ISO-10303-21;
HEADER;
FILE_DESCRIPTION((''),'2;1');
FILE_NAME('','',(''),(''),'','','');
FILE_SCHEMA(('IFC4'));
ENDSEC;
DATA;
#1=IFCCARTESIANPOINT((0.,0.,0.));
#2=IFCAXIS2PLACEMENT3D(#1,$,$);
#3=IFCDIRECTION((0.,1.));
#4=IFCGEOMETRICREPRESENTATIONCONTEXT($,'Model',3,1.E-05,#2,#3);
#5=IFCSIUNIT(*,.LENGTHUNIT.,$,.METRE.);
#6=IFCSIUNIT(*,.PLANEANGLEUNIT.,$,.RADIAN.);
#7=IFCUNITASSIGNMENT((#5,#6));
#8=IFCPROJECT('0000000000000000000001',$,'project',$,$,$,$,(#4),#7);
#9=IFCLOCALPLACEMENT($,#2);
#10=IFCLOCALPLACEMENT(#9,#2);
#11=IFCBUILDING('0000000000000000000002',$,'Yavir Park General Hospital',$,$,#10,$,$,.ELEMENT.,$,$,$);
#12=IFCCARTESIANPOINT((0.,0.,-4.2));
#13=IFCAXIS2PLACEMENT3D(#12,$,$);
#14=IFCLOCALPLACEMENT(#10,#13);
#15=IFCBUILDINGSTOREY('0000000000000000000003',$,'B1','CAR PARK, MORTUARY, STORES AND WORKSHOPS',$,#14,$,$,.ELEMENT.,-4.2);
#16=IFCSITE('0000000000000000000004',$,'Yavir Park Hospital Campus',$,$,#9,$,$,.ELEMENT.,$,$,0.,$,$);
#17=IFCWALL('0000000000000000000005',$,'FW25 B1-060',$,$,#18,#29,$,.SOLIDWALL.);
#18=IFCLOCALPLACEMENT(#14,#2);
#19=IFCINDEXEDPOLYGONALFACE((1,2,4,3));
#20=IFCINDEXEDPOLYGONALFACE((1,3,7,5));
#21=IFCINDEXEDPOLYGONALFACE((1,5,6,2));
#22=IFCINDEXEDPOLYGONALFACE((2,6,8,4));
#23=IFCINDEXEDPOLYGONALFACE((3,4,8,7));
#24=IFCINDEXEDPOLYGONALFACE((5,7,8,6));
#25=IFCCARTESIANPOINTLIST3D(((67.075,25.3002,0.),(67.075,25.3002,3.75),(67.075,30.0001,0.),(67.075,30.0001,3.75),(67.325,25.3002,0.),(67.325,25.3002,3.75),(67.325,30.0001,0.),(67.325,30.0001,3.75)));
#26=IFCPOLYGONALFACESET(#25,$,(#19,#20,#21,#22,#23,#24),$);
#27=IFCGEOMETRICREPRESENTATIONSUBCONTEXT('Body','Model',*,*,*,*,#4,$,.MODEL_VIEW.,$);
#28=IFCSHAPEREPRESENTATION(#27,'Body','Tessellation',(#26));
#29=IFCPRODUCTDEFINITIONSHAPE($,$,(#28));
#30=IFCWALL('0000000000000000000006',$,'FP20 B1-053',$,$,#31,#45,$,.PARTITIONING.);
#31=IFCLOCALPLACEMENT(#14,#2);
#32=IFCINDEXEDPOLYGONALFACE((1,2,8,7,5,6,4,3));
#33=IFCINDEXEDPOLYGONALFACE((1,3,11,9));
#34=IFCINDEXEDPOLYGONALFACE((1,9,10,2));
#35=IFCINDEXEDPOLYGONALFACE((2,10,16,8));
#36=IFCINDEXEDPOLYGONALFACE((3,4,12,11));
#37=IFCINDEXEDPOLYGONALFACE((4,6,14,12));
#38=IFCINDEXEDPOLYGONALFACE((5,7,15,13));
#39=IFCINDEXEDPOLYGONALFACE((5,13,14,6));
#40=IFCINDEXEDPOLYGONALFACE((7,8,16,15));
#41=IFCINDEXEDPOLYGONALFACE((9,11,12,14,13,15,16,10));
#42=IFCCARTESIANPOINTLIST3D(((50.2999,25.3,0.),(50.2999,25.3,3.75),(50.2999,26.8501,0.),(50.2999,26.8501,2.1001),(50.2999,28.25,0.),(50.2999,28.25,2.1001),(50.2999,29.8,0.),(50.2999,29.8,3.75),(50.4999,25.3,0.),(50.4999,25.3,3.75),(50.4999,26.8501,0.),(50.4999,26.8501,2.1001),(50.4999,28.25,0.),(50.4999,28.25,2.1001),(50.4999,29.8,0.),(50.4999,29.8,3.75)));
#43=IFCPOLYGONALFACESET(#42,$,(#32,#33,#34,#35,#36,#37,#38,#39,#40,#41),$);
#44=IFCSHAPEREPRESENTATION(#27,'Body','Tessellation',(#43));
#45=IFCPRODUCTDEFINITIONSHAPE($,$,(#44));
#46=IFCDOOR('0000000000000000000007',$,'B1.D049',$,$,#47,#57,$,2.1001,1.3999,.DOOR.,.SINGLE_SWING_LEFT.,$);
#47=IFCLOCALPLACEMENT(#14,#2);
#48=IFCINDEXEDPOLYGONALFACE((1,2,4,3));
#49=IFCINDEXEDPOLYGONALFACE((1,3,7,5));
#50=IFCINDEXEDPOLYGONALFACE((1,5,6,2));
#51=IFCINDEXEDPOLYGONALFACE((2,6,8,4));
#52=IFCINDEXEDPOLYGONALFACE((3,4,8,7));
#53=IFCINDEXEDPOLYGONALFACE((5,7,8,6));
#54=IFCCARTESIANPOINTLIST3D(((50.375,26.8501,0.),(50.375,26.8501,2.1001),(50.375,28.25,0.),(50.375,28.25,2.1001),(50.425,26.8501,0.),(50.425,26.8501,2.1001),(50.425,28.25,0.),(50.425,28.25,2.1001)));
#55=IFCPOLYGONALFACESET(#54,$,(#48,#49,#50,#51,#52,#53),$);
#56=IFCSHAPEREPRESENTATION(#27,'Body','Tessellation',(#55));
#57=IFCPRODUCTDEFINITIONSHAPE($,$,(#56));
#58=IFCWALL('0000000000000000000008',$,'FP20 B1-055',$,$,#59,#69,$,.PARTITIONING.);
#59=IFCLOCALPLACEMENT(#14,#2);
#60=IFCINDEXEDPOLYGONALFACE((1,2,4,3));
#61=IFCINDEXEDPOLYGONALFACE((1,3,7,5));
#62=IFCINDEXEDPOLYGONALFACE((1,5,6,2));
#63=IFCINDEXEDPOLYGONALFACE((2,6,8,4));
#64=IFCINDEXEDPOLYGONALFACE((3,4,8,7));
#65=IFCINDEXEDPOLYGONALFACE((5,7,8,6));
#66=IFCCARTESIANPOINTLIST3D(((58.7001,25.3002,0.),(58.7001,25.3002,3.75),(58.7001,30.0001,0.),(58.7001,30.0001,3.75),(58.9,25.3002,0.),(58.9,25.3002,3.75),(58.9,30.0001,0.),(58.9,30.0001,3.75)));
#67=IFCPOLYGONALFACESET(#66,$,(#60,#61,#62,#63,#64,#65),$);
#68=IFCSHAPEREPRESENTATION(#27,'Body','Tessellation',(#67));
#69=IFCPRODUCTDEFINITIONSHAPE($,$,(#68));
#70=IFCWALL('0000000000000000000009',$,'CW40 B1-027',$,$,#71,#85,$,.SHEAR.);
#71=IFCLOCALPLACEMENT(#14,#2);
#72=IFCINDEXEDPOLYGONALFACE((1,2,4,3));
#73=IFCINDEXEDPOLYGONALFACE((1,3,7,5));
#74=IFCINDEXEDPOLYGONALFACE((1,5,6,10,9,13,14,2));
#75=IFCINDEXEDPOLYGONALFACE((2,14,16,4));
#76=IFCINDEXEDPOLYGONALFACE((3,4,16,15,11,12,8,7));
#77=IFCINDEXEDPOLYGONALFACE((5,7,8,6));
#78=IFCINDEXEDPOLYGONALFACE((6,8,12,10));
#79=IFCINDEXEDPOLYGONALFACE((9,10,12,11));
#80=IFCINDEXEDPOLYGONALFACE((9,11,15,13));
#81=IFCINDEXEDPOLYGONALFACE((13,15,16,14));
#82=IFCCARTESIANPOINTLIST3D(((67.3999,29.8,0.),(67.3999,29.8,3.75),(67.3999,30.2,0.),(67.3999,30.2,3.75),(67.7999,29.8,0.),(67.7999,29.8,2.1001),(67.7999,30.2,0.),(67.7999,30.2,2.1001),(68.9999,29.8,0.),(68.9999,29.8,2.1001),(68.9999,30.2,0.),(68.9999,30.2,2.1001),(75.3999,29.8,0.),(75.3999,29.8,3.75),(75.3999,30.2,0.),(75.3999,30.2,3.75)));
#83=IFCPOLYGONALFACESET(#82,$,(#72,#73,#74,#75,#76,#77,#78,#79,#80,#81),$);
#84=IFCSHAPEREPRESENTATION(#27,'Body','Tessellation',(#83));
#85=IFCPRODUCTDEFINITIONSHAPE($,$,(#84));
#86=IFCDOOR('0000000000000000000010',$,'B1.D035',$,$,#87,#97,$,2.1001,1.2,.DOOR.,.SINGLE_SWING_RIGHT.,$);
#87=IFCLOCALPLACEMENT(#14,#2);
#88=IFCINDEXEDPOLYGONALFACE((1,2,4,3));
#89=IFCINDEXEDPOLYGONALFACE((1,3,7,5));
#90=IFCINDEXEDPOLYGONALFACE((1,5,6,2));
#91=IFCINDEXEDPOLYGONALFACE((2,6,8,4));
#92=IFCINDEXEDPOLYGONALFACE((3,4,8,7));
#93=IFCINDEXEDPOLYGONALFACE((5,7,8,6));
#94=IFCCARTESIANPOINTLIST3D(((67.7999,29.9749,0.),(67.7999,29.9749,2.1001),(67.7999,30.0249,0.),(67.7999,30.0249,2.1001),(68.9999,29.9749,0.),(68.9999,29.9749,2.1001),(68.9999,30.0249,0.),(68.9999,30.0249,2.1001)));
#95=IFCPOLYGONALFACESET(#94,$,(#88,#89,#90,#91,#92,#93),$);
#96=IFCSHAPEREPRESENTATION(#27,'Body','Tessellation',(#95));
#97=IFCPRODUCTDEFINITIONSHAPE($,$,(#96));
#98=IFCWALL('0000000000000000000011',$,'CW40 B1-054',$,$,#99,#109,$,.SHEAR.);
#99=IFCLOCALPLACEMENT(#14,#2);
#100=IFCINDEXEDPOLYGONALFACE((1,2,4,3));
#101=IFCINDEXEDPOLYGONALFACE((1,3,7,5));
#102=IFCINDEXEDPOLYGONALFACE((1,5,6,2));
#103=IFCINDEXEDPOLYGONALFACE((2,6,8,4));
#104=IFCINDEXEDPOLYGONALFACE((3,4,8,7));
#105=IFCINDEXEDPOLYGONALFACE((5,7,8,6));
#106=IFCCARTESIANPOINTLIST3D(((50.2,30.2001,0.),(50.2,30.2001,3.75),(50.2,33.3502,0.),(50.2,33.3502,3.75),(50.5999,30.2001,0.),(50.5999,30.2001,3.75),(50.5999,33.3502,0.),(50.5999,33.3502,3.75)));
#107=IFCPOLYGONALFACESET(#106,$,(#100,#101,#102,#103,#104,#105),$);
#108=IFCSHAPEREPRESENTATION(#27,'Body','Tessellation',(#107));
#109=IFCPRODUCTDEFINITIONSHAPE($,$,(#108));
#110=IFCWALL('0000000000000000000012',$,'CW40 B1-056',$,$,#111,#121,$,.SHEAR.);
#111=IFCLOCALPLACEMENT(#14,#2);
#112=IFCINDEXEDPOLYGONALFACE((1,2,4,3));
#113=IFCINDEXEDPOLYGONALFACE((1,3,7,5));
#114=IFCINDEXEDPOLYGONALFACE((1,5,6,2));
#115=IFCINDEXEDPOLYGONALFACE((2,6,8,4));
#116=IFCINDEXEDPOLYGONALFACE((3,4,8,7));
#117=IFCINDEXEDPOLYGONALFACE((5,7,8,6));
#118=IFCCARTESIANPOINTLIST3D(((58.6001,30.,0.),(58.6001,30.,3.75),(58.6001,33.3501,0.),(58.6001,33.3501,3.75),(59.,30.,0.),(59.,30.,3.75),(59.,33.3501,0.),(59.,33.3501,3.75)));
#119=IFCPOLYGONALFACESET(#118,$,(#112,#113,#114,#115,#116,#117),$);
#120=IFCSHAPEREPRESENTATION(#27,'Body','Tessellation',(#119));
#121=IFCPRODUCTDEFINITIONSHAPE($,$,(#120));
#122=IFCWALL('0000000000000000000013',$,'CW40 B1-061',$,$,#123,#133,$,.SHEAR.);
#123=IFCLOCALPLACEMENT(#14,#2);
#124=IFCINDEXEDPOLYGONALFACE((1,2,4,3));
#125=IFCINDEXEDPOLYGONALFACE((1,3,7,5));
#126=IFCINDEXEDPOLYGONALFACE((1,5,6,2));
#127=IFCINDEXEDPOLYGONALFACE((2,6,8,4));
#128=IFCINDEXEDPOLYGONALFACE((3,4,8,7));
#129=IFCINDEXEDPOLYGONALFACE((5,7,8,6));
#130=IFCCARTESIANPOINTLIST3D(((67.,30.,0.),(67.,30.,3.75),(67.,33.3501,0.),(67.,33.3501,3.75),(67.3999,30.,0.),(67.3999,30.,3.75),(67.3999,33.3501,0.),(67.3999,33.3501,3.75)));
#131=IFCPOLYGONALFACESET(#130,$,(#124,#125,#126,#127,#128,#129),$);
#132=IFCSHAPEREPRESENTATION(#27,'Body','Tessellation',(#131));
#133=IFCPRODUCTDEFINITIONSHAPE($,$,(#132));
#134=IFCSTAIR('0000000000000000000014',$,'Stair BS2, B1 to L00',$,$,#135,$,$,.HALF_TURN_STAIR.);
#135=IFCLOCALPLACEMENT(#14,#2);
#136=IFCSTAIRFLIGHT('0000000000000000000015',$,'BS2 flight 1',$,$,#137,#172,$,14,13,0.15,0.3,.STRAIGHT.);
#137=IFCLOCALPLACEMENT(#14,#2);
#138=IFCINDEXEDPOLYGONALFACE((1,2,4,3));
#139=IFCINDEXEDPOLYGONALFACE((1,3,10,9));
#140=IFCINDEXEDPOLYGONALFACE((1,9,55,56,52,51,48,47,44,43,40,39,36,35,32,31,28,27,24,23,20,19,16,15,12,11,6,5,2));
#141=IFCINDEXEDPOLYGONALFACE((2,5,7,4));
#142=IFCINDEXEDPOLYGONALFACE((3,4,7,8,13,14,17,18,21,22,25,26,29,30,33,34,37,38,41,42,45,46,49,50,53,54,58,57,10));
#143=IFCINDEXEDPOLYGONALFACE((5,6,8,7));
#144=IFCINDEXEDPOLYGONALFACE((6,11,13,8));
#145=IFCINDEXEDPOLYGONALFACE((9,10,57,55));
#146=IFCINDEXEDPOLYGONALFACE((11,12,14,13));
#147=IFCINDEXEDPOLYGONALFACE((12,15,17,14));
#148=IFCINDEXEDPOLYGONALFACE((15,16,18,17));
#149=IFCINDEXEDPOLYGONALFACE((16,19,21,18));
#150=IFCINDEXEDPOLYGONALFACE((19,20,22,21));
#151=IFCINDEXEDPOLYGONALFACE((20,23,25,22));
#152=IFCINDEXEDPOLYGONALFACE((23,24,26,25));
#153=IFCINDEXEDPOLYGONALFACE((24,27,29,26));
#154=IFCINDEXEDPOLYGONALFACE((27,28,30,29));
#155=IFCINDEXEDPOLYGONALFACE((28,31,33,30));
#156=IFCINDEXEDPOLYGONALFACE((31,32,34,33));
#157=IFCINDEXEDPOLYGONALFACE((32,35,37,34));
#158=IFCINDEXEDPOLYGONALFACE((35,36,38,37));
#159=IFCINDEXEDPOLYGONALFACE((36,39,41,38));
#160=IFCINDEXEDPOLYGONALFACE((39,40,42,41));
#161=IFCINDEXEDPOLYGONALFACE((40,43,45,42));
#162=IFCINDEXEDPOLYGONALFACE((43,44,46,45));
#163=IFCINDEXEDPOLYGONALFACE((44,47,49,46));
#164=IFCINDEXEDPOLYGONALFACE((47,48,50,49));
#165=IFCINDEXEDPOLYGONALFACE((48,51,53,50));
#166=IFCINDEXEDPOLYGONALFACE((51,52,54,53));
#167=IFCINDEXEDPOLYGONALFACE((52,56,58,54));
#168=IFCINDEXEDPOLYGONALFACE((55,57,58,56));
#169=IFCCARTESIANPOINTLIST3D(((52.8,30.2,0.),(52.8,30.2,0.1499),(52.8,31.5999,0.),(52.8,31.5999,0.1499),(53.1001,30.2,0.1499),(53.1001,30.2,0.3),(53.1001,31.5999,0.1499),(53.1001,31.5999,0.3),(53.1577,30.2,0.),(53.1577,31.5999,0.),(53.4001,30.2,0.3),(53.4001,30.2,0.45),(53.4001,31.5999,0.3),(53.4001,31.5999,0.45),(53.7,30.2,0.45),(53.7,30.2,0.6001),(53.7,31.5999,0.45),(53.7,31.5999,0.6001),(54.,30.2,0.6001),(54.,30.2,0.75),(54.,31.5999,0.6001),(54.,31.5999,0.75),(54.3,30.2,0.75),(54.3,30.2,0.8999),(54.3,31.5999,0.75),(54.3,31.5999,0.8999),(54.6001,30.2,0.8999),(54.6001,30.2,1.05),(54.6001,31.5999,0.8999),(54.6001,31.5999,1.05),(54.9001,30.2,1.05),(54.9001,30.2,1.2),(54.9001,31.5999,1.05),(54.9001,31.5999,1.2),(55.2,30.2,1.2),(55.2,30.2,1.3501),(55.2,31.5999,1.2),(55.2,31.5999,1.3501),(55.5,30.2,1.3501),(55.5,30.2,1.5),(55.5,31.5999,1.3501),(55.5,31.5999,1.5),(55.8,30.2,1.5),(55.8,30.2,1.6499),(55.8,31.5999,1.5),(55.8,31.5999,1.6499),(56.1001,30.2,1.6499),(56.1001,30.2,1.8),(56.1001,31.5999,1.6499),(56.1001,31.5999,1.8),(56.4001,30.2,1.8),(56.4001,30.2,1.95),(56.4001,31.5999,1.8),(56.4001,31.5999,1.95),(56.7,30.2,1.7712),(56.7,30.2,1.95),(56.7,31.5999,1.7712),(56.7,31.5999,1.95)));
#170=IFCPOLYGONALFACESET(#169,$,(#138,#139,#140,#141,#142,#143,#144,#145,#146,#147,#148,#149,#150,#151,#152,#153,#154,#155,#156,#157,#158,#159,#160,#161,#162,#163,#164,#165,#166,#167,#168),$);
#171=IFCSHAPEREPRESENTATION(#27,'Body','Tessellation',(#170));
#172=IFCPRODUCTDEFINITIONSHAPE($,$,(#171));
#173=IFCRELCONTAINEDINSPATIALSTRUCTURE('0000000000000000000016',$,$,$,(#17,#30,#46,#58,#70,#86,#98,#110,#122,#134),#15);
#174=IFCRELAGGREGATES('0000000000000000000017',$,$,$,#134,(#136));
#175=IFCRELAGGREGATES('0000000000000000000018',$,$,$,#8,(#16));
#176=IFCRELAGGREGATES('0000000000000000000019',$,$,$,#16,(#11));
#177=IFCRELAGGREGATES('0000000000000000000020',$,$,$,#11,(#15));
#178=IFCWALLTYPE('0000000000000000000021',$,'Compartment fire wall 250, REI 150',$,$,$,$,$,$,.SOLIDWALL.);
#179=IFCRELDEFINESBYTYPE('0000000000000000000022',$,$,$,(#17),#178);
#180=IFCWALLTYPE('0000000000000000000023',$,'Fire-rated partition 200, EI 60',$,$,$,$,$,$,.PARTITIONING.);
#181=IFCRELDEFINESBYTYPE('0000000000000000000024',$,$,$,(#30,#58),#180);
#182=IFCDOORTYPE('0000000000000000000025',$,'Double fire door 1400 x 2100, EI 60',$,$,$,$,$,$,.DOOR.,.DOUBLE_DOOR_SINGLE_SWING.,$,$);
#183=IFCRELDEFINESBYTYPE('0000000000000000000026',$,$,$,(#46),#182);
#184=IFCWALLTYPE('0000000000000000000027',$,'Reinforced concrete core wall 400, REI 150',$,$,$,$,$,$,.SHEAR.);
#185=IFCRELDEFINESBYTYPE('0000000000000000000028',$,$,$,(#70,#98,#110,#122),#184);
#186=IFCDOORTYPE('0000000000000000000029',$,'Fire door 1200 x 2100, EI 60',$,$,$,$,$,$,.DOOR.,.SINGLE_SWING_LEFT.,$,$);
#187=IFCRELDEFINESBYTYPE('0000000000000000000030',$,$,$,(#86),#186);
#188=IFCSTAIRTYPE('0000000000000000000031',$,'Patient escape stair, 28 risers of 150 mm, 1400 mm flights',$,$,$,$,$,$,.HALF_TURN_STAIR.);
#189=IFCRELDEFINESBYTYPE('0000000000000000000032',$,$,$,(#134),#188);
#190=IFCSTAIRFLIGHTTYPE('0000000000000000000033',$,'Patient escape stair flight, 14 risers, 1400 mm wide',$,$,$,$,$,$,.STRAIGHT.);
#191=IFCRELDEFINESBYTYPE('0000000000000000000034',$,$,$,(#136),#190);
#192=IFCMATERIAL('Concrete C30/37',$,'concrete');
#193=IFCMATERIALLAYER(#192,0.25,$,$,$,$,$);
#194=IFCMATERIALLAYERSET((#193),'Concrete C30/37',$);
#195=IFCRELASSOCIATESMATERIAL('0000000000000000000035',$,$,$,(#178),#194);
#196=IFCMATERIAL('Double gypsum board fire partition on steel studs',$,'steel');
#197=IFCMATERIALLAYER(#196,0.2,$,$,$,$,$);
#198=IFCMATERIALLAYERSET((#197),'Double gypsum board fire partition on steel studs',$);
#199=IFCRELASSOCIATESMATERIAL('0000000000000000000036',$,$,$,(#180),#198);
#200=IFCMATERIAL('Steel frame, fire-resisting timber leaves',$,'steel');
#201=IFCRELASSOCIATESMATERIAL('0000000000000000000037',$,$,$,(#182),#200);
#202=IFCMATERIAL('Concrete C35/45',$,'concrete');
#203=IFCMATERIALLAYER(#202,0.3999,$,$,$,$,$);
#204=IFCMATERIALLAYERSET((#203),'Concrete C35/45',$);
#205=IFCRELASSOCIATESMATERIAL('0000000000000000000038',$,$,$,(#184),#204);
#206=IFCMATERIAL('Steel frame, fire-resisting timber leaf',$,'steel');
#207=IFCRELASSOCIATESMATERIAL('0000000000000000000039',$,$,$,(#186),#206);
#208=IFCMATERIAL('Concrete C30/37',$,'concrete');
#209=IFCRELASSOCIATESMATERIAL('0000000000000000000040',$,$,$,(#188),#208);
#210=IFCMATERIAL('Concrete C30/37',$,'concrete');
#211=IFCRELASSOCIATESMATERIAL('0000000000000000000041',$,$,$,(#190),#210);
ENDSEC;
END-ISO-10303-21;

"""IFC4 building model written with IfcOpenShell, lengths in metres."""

from ifc_helpers import new_model, si_unit, direction, frame, frame_2d, origin, place, context, subcontext, project, spatial, polyline, rectangle, outline, extrude, material, layer, layer_set, type_object, element, fill, aggregate, save


model = new_model("IFC4")

# Units and contexts
model_context = context("Model", 3, precision=1e-05, world=origin(), true_north=direction((0.0, 1.0)))
body_context = subcontext(model_context, "Body", "Model", "MODEL_VIEW")
ifc_project = project(units=[si_unit("LENGTHUNIT", "METRE"), si_unit("PLANEANGLEUNIT", "RADIAN")], contexts=[model_context])

# Site, building, storey
site_placement = place(None, origin())
site = spatial("IfcSite", under=ifc_project, at=site_placement, Name="Yavir Park Hospital Campus", CompositionType="ELEMENT", RefElevation=0.0)
building_placement = place(site_placement, origin())
building = spatial("IfcBuilding", under=site, at=building_placement, Name="Yavir Park General Hospital", CompositionType="ELEMENT")
storey_placement = place(building_placement, frame((0.0, 0.0, -4.2)))
storey = spatial("IfcBuildingStorey", under=building, at=storey_placement, Name="B1", Description="CAR PARK, MORTUARY, STORES AND WORKSHOPS", CompositionType="ELEMENT", Elevation=-4.2)

# Wall
ifc_material_1 = material(Name="Concrete C30/37", Category="concrete")
ifc_layer_1 = layer(ifc_material_1, 0.25)
ifc_layer_set_1 = layer_set([ifc_layer_1], Name="Concrete C30/37")
wall_type_1 = type_object("IfcWallType", Name="Compartment fire wall 250, REI 150", PredefinedType="SOLIDWALL", material=ifc_layer_set_1)
wall_1_placement = place(storey_placement, frame((67.2, 25.3, 0.0), z_axis=(0.0, 0.0, 1.0), x_axis=(0.0, 1.0, 0.0)))
element("IfcWall", 1, at=wall_1_placement, inside=storey, type_object=wall_type_1, Name="FW25 B1-060", PredefinedType="SOLIDWALL", context=body_context, shape_type="SweptSolid", body=[
    extrude(rectangle(XDim=4.7, YDim=0.25, at=frame_2d((2.3501, 0.0))), origin(), (0.0, 0.0, 1.0), 3.75),
])

# Wall, opening, door
ifc_material_2 = material(Name="Double gypsum board fire partition on steel studs", Category="steel")
ifc_layer_2 = layer(ifc_material_2, 0.2)
ifc_layer_set_2 = layer_set([ifc_layer_2], Name="Double gypsum board fire partition on steel studs")
wall_type_2 = type_object("IfcWallType", Name="Fire-rated partition 200, EI 60", PredefinedType="PARTITIONING", material=ifc_layer_set_2)
wall_2_placement = place(storey_placement, frame((50.3999, 25.3, 0.0), z_axis=(0.0, 0.0, 1.0), x_axis=(0.0, 1.0, 0.0)))
wall_2 = element("IfcWall", 2, at=wall_2_placement, inside=storey, type_object=wall_type_2, Name="FP20 B1-053", PredefinedType="PARTITIONING", context=body_context, shape_type="SweptSolid", body=[
    extrude(rectangle(XDim=4.5, YDim=0.2, at=frame_2d((2.25, 0.0))), origin(), (0.0, 0.0, 1.0), 3.75),
])
opening_1_placement = place(wall_2_placement, frame((1.55, 0.0, 0.0)))
opening_1 = element("IfcOpeningElement", 3, at=opening_1_placement, cuts=wall_2, PredefinedType="OPENING", context=body_context, shape_type="SweptSolid", body=[
    extrude(rectangle(XDim=1.3999, YDim=2.1001, at=frame_2d((0.7, 1.05))), frame((0.0, 0.1099, 0.0), z_axis=(0.0, -1.0, 0.0), x_axis=(1.0, 0.0, 0.0)), (0.0, 0.0, 1.0), 0.22),
])
ifc_material_3 = material(Name="Steel frame, fire-resisting timber leaves", Category="steel")
door_type_1 = type_object("IfcDoorType", Name="Double fire door 1400 x 2100, EI 60", OperationType="DOUBLE_DOOR_SINGLE_SWING", PredefinedType="DOOR", material=ifc_material_3)
door_1_placement = place(opening_1_placement, origin())
door_1 = element("IfcDoor", 4, at=door_1_placement, inside=storey, type_object=door_type_1, Name="B1.D049", OperationType="SINGLE_SWING_LEFT", OverallHeight=2.1001, OverallWidth=1.3999, PredefinedType="DOOR", context=body_context, shape_type="SweptSolid", body=[
    extrude(rectangle(XDim=1.3999, YDim=2.1001, at=frame_2d((0.7, 1.05))), frame((0.0, 0.0249, 0.0), z_axis=(0.0, -1.0, 0.0), x_axis=(1.0, 0.0, 0.0)), (0.0, 0.0, 1.0), 0.05),
])
fill(opening_1, door_1)

# Wall
wall_3_placement = place(storey_placement, frame((58.8, 25.3, 0.0), z_axis=(0.0, 0.0, 1.0), x_axis=(0.0, 1.0, 0.0)))
element("IfcWall", 5, at=wall_3_placement, inside=storey, type_object=wall_type_2, Name="FP20 B1-055", PredefinedType="PARTITIONING", context=body_context, shape_type="SweptSolid", body=[
    extrude(rectangle(XDim=4.7, YDim=0.2, at=frame_2d((2.3501, 0.0))), origin(), (0.0, 0.0, 1.0), 3.75),
])

# Wall, opening, door
ifc_material_4 = material(Name="Concrete C35/45", Category="concrete")
ifc_layer_3 = layer(ifc_material_4, 0.3999)
ifc_layer_set_3 = layer_set([ifc_layer_3], Name="Concrete C35/45")
wall_type_3 = type_object("IfcWallType", Name="Reinforced concrete core wall 400, REI 150", PredefinedType="SHEAR", material=ifc_layer_set_3)
wall_4_placement = place(storey_placement, frame((67.3999, 30.0, 0.0), z_axis=(0.0, 0.0, 1.0), x_axis=(1.0, 0.0, 0.0)))
wall_4 = element("IfcWall", 6, at=wall_4_placement, inside=storey, type_object=wall_type_3, Name="CW40 B1-027", PredefinedType="SHEAR", context=body_context, shape_type="SweptSolid", body=[
    extrude(rectangle(XDim=8.0, YDim=0.3999, at=frame_2d((4.0, 0.0))), origin(), (0.0, 0.0, 1.0), 3.75),
])
opening_2_placement = place(wall_4_placement, frame((0.3999, 0.0, 0.0)))
opening_2 = element("IfcOpeningElement", 7, at=opening_2_placement, cuts=wall_4, PredefinedType="OPENING", context=body_context, shape_type="SweptSolid", body=[
    extrude(rectangle(XDim=1.2, YDim=2.1001, at=frame_2d((0.6001, 1.05))), frame((0.0, 0.21, 0.0), z_axis=(0.0, -1.0, 0.0), x_axis=(1.0, 0.0, 0.0)), (0.0, 0.0, 1.0), 0.4199),
])
ifc_material_5 = material(Name="Steel frame, fire-resisting timber leaf", Category="steel")
door_type_2 = type_object("IfcDoorType", Name="Fire door 1200 x 2100, EI 60", OperationType="SINGLE_SWING_LEFT", PredefinedType="DOOR", material=ifc_material_5)
door_2_placement = place(opening_2_placement, origin())
door_2 = element("IfcDoor", 8, at=door_2_placement, inside=storey, type_object=door_type_2, Name="B1.D035", OperationType="SINGLE_SWING_RIGHT", OverallHeight=2.1001, OverallWidth=1.2, PredefinedType="DOOR", context=body_context, shape_type="SweptSolid", body=[
    extrude(rectangle(XDim=1.2, YDim=2.1001, at=frame_2d((0.6001, 1.05))), frame((0.0, 0.0249, 0.0), z_axis=(0.0, -1.0, 0.0), x_axis=(1.0, 0.0, 0.0)), (0.0, 0.0, 1.0), 0.05),
])
fill(opening_2, door_2)

# Walls
wall_5_placement = place(storey_placement, frame((50.3999, 30.2, 0.0), z_axis=(0.0, 0.0, 1.0), x_axis=(0.0, 1.0, 0.0)))
element("IfcWall", 9, at=wall_5_placement, inside=storey, type_object=wall_type_3, Name="CW40 B1-054", PredefinedType="SHEAR", context=body_context, shape_type="SweptSolid", body=[
    extrude(rectangle(XDim=3.1501, YDim=0.3999, at=frame_2d((1.5752, 0.0))), origin(), (0.0, 0.0, 1.0), 3.75),
])
for number, where, z_axis, x_axis, name in (
    (10, (58.8, 30.0, 0.0), (0.0, 0.0, 1.0), (0.0, 1.0, 0.0), "CW40 B1-056"),
    (11, (67.2, 30.0, 0.0), (0.0, 0.0, 1.0), (0.0, 1.0, 0.0), "CW40 B1-061"),
):
    element("IfcWall", number, at=place(storey_placement, frame(where, z_axis=z_axis, x_axis=x_axis)), inside=storey, type_object=wall_type_3, Name=name, PredefinedType="SHEAR", context=body_context, shape_type="SweptSolid", body=[
        extrude(rectangle(XDim=3.3501, YDim=0.3999, at=frame_2d((1.675, 0.0))), origin(), (0.0, 0.0, 1.0), 3.75),
    ])

# Stair, stair flight
ifc_material_6 = material(Name="Concrete C30/37", Category="concrete")
stair_type = type_object("IfcStairType", Name="Patient escape stair, 28 risers of 150 mm, 1400 mm flights", PredefinedType="HALF_TURN_STAIR", material=ifc_material_6)
stair_1_placement = place(storey_placement, origin())
stair_1 = element("IfcStair", 12, at=stair_1_placement, inside=storey, type_object=stair_type, Name="Stair BS2, B1 to L00", PredefinedType="HALF_TURN_STAIR")
ifc_material_7 = material(Name="Concrete C30/37", Category="concrete")
stair_flight_type = type_object("IfcStairFlightType", Name="Patient escape stair flight, 14 risers, 1400 mm wide", PredefinedType="STRAIGHT", material=ifc_material_7)
stair_flight_1_placement = place(storey_placement, frame((52.8, 30.8999, 0.0), z_axis=(0.0, 0.0, 1.0), x_axis=(1.0, 0.0, 0.0)))
stair_flight_1 = element("IfcStairFlight", 13, at=stair_flight_1_placement, type_object=stair_flight_type, Name="BS2 flight 1", NumberOfRisers=14, NumberOfTreads=13, PredefinedType="STRAIGHT", RiserHeight=0.15, TreadLength=0.3, context=body_context, shape_type="SweptSolid", body=[
    extrude(outline(polyline([(0.0, 0.0), (0.0, 0.1499), (0.3, 0.1499), (0.3, 0.3), (0.6001, 0.3), (0.6001, 0.45), (0.8999, 0.45), (0.8999, 0.6001), (1.2, 0.6001), (1.2, 0.75), (1.5, 0.75), (1.5, 0.8999), (1.8, 0.8999), (1.8, 1.05), (2.1001, 1.05), (2.1001, 1.2), (2.3999, 1.2), (2.3999, 1.3501), (2.7, 1.3501), (2.7, 1.5), (3.0, 1.5), (3.0, 1.6499), (3.3, 1.6499), (3.3, 1.8), (3.6001, 1.8), (3.6001, 1.95), (3.8999, 1.95), (3.8999, 2.1001), (3.8999, 1.7712), (0.3577, 0.0), (0.0, 0.0)])), frame((0.0, 0.7, 0.0), z_axis=(0.0, -1.0, 0.0), x_axis=(1.0, 0.0, 0.0)), (0.0, 0.0, 1.0), 1.3999),
])
aggregate(stair_1, [stair_flight_1])

save(model, "model.ifc")
